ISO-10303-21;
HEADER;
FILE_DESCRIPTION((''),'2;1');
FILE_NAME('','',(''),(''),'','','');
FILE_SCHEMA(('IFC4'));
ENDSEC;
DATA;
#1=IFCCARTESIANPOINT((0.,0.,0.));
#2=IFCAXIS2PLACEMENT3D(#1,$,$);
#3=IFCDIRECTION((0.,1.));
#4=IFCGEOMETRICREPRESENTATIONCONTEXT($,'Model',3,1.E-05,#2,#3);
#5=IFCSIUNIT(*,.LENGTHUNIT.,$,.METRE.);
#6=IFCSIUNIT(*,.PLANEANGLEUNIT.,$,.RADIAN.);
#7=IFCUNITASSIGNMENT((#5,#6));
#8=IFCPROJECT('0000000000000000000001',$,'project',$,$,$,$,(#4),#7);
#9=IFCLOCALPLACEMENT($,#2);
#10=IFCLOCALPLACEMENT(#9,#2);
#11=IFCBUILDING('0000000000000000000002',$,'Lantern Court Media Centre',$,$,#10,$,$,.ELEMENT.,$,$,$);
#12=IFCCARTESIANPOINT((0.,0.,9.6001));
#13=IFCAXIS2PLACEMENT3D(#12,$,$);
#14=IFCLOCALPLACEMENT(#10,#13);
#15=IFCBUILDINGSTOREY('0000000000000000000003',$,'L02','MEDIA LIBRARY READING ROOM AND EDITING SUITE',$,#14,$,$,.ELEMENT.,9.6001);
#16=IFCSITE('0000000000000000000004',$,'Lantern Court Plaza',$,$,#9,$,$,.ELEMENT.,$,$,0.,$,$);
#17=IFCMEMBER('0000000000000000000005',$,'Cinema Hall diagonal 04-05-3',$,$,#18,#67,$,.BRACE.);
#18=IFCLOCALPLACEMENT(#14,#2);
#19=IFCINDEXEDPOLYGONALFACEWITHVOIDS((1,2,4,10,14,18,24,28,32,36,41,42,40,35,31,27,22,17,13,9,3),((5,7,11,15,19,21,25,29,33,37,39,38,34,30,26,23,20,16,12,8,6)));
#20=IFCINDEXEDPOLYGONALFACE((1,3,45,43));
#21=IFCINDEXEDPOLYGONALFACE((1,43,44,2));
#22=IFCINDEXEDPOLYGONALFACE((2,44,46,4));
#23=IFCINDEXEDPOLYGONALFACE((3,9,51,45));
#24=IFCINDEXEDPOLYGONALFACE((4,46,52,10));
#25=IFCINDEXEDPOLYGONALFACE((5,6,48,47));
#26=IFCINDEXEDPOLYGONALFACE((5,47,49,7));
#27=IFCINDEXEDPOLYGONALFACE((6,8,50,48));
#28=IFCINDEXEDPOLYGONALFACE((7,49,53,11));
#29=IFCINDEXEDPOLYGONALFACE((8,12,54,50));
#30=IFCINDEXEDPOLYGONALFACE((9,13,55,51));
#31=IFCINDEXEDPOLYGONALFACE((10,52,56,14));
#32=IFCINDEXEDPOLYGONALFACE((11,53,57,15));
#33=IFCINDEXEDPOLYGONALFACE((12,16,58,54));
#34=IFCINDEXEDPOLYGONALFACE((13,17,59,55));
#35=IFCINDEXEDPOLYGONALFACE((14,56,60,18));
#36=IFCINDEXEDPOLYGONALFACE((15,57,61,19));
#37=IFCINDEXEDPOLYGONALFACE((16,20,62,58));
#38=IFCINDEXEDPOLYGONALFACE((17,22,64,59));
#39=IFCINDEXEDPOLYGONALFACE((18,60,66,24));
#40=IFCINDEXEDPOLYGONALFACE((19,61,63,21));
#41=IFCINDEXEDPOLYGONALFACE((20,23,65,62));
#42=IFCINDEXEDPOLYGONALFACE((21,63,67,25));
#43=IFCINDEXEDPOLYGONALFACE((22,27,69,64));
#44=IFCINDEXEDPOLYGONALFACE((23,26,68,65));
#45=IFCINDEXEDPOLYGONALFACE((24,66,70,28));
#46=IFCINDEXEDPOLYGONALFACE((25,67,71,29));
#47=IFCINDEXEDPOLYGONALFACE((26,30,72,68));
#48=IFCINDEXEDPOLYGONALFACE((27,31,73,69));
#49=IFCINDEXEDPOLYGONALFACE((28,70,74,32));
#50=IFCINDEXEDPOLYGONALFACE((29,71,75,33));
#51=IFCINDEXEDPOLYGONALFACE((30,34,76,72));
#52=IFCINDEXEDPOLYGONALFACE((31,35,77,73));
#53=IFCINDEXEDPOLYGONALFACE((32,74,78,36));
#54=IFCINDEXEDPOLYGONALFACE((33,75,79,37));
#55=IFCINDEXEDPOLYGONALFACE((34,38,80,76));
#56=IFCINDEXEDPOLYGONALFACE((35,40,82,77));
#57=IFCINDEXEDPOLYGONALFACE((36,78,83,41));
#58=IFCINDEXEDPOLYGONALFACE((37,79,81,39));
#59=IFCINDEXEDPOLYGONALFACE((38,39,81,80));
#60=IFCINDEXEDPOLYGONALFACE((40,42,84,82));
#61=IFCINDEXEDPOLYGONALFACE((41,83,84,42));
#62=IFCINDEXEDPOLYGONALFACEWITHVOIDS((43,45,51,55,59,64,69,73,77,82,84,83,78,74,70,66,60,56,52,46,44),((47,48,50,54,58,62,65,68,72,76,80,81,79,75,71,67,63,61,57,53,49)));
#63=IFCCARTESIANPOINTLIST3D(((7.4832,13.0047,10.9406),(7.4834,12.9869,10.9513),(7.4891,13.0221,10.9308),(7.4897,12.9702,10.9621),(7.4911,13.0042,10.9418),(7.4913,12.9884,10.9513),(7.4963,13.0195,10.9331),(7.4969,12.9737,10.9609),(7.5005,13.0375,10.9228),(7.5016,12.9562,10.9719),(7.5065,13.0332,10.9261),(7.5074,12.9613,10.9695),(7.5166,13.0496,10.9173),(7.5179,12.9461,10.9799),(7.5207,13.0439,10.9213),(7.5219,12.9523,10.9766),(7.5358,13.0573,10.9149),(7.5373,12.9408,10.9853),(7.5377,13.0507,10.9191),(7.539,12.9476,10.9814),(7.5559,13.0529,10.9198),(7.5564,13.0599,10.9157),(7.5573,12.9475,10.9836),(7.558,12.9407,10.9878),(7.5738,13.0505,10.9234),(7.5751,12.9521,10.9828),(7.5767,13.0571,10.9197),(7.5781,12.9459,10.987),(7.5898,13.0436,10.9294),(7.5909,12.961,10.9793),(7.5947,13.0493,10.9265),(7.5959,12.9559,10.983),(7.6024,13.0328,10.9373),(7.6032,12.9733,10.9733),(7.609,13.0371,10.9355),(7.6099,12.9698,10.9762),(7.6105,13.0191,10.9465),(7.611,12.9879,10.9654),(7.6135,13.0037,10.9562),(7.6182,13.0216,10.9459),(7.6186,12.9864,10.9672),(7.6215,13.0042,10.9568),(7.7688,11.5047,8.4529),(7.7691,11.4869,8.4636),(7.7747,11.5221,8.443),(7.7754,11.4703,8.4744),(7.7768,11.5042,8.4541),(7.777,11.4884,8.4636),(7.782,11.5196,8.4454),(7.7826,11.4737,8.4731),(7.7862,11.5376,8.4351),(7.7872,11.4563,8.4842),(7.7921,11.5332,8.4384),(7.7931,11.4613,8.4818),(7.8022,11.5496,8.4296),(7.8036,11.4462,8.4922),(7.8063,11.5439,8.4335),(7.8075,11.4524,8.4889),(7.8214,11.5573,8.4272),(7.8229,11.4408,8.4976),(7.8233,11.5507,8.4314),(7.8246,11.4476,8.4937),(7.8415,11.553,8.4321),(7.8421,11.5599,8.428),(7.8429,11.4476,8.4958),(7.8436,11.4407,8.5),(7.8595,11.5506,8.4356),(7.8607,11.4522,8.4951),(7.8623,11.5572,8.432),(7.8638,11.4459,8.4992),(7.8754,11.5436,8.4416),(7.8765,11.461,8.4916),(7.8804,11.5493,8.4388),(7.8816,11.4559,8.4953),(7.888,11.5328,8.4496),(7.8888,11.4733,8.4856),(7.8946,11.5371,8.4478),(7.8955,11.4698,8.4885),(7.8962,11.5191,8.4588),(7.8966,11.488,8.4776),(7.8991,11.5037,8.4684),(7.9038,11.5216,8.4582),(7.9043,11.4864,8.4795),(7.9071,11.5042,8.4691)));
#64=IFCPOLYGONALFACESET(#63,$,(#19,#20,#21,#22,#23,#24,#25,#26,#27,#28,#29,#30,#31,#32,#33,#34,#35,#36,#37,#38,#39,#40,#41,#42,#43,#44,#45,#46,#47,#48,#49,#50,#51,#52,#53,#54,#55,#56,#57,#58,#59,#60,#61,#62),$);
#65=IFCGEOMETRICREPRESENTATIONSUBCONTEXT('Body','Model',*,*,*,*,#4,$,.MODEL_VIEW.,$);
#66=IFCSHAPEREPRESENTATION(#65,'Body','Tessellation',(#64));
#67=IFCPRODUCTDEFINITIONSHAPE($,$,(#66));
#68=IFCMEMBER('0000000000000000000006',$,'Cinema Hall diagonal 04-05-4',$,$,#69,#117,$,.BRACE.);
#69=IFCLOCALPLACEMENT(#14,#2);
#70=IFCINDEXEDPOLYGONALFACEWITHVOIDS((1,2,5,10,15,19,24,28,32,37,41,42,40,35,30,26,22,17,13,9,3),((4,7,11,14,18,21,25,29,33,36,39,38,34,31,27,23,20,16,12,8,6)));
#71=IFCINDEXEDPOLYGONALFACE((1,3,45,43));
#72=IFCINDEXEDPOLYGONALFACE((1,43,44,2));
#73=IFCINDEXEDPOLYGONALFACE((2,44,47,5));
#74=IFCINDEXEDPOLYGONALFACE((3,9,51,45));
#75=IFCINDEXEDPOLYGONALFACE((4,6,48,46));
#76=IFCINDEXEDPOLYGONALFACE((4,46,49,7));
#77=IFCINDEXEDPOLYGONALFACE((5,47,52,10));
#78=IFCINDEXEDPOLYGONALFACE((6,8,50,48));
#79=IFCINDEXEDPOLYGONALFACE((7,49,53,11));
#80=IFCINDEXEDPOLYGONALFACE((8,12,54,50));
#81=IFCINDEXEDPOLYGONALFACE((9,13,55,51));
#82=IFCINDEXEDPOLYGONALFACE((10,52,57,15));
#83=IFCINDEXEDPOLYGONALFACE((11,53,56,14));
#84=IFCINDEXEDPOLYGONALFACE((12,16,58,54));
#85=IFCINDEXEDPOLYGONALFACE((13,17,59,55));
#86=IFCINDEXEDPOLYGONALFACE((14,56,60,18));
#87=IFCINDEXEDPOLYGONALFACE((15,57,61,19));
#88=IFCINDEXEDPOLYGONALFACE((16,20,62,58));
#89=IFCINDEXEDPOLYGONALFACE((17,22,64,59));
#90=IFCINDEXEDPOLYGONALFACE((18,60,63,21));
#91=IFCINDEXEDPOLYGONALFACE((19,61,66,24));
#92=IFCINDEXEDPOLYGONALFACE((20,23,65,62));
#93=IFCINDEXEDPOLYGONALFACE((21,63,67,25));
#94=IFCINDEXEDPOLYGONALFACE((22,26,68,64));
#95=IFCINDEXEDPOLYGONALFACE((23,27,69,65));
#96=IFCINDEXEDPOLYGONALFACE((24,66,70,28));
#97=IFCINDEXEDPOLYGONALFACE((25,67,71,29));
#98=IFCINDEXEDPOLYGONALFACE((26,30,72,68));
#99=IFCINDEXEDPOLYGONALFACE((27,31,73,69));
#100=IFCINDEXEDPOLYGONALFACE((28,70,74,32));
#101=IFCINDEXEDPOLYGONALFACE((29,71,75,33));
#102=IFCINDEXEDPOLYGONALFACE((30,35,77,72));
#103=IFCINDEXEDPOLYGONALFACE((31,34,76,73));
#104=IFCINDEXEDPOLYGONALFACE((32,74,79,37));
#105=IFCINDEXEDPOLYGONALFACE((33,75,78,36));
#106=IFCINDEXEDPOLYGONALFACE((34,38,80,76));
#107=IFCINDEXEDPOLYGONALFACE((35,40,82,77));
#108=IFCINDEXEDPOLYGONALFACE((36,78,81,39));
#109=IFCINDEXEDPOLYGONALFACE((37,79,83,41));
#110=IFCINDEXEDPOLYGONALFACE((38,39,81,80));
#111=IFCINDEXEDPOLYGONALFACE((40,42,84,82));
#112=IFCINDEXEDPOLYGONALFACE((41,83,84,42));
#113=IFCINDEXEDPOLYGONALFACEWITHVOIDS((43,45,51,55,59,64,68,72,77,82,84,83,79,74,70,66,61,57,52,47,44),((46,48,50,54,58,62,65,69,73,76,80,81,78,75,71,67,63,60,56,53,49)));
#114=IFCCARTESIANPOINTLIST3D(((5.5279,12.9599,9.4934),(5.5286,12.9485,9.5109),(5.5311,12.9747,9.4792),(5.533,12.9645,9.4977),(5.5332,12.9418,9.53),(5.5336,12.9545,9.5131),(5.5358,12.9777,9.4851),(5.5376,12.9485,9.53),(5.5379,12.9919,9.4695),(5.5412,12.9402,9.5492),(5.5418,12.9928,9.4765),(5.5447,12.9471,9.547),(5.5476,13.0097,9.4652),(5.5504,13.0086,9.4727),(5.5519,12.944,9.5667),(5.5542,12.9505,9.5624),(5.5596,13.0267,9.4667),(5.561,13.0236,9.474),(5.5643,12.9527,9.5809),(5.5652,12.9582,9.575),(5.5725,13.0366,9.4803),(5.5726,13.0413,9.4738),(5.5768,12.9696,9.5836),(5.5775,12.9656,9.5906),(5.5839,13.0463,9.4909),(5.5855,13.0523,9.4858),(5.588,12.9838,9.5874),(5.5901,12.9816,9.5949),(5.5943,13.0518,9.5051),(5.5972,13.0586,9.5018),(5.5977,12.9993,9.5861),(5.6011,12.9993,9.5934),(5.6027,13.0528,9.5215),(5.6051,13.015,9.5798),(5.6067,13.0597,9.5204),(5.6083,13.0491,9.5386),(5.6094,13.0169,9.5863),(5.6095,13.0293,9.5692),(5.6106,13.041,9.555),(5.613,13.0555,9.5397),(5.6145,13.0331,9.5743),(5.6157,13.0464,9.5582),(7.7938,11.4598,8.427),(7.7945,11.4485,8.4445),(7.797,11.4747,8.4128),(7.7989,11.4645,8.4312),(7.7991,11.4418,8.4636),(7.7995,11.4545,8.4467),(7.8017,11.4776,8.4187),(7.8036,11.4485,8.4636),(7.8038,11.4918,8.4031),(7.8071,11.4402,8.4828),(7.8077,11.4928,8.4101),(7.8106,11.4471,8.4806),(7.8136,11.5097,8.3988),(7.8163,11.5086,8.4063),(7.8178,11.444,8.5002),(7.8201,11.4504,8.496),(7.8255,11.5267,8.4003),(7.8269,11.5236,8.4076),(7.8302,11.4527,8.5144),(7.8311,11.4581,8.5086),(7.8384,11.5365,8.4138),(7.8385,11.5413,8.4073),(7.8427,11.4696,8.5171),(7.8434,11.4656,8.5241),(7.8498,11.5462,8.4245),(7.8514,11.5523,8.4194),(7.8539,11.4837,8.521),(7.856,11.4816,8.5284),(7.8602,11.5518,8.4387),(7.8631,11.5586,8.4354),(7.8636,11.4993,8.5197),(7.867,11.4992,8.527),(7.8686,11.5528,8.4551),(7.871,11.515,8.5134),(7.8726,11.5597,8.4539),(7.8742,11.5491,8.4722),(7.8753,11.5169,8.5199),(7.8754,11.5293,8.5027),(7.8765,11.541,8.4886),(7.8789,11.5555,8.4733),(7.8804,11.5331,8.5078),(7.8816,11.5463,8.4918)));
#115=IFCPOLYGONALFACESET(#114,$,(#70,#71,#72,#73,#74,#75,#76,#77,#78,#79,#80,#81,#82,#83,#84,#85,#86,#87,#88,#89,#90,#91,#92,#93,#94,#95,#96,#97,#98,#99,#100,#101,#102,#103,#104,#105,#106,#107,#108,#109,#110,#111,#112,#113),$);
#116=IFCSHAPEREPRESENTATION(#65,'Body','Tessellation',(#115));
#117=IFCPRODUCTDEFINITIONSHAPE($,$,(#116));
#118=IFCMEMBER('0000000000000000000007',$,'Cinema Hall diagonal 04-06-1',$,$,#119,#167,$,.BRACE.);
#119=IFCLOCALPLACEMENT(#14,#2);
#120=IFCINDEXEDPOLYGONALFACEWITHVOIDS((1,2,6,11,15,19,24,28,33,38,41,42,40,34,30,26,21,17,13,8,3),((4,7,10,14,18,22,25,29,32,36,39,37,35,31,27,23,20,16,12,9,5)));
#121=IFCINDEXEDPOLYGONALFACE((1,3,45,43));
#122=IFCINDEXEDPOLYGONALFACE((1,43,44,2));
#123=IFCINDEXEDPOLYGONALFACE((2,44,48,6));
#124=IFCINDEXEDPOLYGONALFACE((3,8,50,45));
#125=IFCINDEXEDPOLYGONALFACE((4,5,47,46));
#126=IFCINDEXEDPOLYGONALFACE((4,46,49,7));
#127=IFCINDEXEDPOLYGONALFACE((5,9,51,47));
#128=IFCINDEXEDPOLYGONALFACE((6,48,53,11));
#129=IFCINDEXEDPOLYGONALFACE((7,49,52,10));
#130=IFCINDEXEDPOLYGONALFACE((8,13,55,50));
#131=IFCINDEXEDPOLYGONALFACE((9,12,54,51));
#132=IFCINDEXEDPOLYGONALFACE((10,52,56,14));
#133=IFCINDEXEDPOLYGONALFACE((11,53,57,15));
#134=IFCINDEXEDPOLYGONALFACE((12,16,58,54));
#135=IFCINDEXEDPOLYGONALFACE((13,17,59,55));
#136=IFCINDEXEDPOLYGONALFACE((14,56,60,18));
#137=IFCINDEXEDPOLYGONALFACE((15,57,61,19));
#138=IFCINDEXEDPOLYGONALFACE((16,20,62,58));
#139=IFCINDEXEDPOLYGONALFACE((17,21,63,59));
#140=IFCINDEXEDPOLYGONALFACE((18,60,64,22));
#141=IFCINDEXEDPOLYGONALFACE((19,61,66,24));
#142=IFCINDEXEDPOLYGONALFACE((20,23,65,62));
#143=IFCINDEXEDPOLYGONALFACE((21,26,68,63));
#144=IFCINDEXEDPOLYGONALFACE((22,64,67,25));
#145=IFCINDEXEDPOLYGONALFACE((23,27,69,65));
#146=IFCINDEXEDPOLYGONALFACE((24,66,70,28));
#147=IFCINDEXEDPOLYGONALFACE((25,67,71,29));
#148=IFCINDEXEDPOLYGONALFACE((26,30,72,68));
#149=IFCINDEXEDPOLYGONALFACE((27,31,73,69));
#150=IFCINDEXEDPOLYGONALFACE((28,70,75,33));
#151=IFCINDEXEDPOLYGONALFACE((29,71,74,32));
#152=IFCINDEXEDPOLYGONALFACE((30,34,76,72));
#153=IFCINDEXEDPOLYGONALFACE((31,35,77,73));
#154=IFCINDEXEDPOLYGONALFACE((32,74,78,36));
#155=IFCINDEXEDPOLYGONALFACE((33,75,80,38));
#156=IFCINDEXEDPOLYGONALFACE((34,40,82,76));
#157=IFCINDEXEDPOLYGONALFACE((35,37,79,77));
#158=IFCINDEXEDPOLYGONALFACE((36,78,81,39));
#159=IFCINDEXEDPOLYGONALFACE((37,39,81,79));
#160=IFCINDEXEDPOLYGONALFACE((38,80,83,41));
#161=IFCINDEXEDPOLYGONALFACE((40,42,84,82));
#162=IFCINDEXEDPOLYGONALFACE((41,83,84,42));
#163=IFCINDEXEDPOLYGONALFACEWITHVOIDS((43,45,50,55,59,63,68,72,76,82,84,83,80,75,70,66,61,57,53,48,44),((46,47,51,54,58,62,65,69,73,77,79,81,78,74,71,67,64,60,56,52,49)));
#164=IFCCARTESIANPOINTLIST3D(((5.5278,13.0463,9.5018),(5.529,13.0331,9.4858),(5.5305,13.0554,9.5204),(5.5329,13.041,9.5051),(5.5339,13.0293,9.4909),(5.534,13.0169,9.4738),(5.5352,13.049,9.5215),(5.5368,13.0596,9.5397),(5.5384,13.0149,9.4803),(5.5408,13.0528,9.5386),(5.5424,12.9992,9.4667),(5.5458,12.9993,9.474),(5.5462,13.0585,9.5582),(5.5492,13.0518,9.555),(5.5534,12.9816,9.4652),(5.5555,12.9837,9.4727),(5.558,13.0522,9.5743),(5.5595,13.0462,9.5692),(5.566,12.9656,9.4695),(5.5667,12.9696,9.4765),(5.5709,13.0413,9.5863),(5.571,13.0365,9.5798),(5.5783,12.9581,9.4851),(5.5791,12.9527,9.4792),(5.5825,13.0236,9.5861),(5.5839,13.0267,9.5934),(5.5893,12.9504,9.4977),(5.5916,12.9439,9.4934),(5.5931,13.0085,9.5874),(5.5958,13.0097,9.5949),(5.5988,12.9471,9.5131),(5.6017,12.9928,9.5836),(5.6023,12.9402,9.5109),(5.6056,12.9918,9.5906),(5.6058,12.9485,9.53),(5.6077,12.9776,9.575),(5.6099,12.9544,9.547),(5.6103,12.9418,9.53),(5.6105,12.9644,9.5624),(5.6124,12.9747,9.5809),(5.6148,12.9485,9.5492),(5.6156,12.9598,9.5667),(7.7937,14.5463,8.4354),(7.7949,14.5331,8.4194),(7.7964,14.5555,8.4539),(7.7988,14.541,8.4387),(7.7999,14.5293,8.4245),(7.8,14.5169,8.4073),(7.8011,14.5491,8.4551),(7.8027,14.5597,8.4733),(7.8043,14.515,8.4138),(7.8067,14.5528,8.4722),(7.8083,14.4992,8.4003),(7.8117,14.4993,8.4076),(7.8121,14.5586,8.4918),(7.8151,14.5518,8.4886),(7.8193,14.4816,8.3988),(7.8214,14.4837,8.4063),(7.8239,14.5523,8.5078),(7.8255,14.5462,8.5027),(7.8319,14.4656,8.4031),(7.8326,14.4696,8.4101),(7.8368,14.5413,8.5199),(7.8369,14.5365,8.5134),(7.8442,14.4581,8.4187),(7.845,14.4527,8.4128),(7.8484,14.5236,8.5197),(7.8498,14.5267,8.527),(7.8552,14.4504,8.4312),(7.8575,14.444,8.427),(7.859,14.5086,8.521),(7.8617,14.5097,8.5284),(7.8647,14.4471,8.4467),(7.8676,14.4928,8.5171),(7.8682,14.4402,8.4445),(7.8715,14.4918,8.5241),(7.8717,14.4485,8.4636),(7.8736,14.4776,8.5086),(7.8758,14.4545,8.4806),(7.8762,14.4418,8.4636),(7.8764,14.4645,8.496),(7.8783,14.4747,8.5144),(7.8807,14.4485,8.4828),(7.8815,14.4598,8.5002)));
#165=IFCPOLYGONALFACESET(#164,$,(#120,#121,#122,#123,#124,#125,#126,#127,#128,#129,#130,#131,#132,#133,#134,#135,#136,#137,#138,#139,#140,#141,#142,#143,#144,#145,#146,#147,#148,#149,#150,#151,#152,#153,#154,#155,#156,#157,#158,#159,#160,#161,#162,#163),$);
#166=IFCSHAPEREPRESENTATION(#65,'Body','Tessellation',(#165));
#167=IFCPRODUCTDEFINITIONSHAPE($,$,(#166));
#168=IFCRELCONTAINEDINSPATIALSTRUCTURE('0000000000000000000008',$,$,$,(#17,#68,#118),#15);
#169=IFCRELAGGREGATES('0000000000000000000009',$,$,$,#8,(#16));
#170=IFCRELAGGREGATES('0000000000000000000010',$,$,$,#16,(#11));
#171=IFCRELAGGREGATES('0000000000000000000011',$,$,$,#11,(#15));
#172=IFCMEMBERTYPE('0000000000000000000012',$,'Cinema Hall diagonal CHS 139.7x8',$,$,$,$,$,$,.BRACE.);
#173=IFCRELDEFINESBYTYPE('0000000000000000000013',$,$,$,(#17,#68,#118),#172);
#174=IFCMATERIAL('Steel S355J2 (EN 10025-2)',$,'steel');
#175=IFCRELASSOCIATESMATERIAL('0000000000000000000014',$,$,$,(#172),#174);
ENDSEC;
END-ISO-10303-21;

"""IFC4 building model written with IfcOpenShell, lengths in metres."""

from ifc_helpers import new_model, si_unit, direction, frame, origin, origin_2d, place, context, subcontext, project, spatial, hollow_circle, extrude, material, material_profile, profile_set, type_object, element, save


model = new_model("IFC4")

# Units and contexts
model_context = context("Model", 3, precision=1e-05, world=origin(), true_north=direction((0.0, 1.0)))
body_context = subcontext(model_context, "Body", "Model", "MODEL_VIEW")
ifc_project = project(units=[si_unit("LENGTHUNIT", "METRE"), si_unit("PLANEANGLEUNIT", "RADIAN")], contexts=[model_context])

# Site, building, storey
site_placement = place(None, origin())
site = spatial("IfcSite", under=ifc_project, at=site_placement, Name="Lantern Court Plaza", CompositionType="ELEMENT", RefElevation=0.0)
building_placement = place(site_placement, origin())
building = spatial("IfcBuilding", under=site, at=building_placement, Name="Lantern Court Media Centre", CompositionType="ELEMENT")
storey_placement = place(building_placement, frame((0.0, 0.0, 9.6001)))
storey = spatial("IfcBuildingStorey", under=building, at=storey_placement, Name="L02", Description="MEDIA LIBRARY READING ROOM AND EDITING SUITE", CompositionType="ELEMENT", Elevation=9.6001)

# Members
ifc_material_1 = material(Name="Steel S355J2 (EN 10025-2)", Category="steel")
ifc_material_profile_1 = material_profile(ifc_material_1, hollow_circle(Radius=0.0698, WallThickness=0.0081, at=origin_2d()), Name="Cinema Hall diagonal CHS 139.7x8")
ifc_profile_set_1 = profile_set([ifc_material_profile_1], Name="Steel S355J2 (EN 10025-2)")
member_type_1 = type_object("IfcMemberType", Name="Cinema Hall diagonal CHS 139.7x8", PredefinedType="BRACE", material=ifc_profile_set_1)
for number, where, z_axis, x_axis, name in (
    (1, (7.8376, 11.5, 8.4636), (-0.097856, 0.51387, 0.852268), (-0.982347, -0.187068, 0.0), "Cinema Hall diagonal 04-05-3"),
):
    element("IfcMember", number, at=place(storey_placement, frame(where, z_axis=z_axis, x_axis=x_axis)), inside=storey, type_object=member_type_1, Name=name, PredefinedType="BRACE", context=body_context, shape_type="SweptSolid", body=[
        extrude(hollow_circle(Radius=0.0698, WallThickness=0.0081, at=origin_2d()), origin(), (0.0, 0.0, 1.0), 2.9189),
    ])
for number, where, z_axis, x_axis, name in (
    (2, (7.8376, 11.5, 8.4636), (-0.776211, 0.51385, 0.365315), (-0.552002, -0.833843, 0.0), "Cinema Hall diagonal 04-05-4"),
    (3, (7.8376, 14.5, 8.4636), (-0.776211, -0.51385, 0.365315), (0.552002, -0.833843, 0.0), "Cinema Hall diagonal 04-06-1"),
):
    element("IfcMember", number, at=place(storey_placement, frame(where, z_axis=z_axis, x_axis=x_axis)), inside=storey, type_object=member_type_1, Name=name, PredefinedType="BRACE", context=body_context, shape_type="SweptSolid", body=[
        extrude(hollow_circle(Radius=0.0698, WallThickness=0.0081, at=origin_2d()), origin(), (0.0, 0.0, 1.0), 2.9192),
    ])

save(model, "model.ifc")
